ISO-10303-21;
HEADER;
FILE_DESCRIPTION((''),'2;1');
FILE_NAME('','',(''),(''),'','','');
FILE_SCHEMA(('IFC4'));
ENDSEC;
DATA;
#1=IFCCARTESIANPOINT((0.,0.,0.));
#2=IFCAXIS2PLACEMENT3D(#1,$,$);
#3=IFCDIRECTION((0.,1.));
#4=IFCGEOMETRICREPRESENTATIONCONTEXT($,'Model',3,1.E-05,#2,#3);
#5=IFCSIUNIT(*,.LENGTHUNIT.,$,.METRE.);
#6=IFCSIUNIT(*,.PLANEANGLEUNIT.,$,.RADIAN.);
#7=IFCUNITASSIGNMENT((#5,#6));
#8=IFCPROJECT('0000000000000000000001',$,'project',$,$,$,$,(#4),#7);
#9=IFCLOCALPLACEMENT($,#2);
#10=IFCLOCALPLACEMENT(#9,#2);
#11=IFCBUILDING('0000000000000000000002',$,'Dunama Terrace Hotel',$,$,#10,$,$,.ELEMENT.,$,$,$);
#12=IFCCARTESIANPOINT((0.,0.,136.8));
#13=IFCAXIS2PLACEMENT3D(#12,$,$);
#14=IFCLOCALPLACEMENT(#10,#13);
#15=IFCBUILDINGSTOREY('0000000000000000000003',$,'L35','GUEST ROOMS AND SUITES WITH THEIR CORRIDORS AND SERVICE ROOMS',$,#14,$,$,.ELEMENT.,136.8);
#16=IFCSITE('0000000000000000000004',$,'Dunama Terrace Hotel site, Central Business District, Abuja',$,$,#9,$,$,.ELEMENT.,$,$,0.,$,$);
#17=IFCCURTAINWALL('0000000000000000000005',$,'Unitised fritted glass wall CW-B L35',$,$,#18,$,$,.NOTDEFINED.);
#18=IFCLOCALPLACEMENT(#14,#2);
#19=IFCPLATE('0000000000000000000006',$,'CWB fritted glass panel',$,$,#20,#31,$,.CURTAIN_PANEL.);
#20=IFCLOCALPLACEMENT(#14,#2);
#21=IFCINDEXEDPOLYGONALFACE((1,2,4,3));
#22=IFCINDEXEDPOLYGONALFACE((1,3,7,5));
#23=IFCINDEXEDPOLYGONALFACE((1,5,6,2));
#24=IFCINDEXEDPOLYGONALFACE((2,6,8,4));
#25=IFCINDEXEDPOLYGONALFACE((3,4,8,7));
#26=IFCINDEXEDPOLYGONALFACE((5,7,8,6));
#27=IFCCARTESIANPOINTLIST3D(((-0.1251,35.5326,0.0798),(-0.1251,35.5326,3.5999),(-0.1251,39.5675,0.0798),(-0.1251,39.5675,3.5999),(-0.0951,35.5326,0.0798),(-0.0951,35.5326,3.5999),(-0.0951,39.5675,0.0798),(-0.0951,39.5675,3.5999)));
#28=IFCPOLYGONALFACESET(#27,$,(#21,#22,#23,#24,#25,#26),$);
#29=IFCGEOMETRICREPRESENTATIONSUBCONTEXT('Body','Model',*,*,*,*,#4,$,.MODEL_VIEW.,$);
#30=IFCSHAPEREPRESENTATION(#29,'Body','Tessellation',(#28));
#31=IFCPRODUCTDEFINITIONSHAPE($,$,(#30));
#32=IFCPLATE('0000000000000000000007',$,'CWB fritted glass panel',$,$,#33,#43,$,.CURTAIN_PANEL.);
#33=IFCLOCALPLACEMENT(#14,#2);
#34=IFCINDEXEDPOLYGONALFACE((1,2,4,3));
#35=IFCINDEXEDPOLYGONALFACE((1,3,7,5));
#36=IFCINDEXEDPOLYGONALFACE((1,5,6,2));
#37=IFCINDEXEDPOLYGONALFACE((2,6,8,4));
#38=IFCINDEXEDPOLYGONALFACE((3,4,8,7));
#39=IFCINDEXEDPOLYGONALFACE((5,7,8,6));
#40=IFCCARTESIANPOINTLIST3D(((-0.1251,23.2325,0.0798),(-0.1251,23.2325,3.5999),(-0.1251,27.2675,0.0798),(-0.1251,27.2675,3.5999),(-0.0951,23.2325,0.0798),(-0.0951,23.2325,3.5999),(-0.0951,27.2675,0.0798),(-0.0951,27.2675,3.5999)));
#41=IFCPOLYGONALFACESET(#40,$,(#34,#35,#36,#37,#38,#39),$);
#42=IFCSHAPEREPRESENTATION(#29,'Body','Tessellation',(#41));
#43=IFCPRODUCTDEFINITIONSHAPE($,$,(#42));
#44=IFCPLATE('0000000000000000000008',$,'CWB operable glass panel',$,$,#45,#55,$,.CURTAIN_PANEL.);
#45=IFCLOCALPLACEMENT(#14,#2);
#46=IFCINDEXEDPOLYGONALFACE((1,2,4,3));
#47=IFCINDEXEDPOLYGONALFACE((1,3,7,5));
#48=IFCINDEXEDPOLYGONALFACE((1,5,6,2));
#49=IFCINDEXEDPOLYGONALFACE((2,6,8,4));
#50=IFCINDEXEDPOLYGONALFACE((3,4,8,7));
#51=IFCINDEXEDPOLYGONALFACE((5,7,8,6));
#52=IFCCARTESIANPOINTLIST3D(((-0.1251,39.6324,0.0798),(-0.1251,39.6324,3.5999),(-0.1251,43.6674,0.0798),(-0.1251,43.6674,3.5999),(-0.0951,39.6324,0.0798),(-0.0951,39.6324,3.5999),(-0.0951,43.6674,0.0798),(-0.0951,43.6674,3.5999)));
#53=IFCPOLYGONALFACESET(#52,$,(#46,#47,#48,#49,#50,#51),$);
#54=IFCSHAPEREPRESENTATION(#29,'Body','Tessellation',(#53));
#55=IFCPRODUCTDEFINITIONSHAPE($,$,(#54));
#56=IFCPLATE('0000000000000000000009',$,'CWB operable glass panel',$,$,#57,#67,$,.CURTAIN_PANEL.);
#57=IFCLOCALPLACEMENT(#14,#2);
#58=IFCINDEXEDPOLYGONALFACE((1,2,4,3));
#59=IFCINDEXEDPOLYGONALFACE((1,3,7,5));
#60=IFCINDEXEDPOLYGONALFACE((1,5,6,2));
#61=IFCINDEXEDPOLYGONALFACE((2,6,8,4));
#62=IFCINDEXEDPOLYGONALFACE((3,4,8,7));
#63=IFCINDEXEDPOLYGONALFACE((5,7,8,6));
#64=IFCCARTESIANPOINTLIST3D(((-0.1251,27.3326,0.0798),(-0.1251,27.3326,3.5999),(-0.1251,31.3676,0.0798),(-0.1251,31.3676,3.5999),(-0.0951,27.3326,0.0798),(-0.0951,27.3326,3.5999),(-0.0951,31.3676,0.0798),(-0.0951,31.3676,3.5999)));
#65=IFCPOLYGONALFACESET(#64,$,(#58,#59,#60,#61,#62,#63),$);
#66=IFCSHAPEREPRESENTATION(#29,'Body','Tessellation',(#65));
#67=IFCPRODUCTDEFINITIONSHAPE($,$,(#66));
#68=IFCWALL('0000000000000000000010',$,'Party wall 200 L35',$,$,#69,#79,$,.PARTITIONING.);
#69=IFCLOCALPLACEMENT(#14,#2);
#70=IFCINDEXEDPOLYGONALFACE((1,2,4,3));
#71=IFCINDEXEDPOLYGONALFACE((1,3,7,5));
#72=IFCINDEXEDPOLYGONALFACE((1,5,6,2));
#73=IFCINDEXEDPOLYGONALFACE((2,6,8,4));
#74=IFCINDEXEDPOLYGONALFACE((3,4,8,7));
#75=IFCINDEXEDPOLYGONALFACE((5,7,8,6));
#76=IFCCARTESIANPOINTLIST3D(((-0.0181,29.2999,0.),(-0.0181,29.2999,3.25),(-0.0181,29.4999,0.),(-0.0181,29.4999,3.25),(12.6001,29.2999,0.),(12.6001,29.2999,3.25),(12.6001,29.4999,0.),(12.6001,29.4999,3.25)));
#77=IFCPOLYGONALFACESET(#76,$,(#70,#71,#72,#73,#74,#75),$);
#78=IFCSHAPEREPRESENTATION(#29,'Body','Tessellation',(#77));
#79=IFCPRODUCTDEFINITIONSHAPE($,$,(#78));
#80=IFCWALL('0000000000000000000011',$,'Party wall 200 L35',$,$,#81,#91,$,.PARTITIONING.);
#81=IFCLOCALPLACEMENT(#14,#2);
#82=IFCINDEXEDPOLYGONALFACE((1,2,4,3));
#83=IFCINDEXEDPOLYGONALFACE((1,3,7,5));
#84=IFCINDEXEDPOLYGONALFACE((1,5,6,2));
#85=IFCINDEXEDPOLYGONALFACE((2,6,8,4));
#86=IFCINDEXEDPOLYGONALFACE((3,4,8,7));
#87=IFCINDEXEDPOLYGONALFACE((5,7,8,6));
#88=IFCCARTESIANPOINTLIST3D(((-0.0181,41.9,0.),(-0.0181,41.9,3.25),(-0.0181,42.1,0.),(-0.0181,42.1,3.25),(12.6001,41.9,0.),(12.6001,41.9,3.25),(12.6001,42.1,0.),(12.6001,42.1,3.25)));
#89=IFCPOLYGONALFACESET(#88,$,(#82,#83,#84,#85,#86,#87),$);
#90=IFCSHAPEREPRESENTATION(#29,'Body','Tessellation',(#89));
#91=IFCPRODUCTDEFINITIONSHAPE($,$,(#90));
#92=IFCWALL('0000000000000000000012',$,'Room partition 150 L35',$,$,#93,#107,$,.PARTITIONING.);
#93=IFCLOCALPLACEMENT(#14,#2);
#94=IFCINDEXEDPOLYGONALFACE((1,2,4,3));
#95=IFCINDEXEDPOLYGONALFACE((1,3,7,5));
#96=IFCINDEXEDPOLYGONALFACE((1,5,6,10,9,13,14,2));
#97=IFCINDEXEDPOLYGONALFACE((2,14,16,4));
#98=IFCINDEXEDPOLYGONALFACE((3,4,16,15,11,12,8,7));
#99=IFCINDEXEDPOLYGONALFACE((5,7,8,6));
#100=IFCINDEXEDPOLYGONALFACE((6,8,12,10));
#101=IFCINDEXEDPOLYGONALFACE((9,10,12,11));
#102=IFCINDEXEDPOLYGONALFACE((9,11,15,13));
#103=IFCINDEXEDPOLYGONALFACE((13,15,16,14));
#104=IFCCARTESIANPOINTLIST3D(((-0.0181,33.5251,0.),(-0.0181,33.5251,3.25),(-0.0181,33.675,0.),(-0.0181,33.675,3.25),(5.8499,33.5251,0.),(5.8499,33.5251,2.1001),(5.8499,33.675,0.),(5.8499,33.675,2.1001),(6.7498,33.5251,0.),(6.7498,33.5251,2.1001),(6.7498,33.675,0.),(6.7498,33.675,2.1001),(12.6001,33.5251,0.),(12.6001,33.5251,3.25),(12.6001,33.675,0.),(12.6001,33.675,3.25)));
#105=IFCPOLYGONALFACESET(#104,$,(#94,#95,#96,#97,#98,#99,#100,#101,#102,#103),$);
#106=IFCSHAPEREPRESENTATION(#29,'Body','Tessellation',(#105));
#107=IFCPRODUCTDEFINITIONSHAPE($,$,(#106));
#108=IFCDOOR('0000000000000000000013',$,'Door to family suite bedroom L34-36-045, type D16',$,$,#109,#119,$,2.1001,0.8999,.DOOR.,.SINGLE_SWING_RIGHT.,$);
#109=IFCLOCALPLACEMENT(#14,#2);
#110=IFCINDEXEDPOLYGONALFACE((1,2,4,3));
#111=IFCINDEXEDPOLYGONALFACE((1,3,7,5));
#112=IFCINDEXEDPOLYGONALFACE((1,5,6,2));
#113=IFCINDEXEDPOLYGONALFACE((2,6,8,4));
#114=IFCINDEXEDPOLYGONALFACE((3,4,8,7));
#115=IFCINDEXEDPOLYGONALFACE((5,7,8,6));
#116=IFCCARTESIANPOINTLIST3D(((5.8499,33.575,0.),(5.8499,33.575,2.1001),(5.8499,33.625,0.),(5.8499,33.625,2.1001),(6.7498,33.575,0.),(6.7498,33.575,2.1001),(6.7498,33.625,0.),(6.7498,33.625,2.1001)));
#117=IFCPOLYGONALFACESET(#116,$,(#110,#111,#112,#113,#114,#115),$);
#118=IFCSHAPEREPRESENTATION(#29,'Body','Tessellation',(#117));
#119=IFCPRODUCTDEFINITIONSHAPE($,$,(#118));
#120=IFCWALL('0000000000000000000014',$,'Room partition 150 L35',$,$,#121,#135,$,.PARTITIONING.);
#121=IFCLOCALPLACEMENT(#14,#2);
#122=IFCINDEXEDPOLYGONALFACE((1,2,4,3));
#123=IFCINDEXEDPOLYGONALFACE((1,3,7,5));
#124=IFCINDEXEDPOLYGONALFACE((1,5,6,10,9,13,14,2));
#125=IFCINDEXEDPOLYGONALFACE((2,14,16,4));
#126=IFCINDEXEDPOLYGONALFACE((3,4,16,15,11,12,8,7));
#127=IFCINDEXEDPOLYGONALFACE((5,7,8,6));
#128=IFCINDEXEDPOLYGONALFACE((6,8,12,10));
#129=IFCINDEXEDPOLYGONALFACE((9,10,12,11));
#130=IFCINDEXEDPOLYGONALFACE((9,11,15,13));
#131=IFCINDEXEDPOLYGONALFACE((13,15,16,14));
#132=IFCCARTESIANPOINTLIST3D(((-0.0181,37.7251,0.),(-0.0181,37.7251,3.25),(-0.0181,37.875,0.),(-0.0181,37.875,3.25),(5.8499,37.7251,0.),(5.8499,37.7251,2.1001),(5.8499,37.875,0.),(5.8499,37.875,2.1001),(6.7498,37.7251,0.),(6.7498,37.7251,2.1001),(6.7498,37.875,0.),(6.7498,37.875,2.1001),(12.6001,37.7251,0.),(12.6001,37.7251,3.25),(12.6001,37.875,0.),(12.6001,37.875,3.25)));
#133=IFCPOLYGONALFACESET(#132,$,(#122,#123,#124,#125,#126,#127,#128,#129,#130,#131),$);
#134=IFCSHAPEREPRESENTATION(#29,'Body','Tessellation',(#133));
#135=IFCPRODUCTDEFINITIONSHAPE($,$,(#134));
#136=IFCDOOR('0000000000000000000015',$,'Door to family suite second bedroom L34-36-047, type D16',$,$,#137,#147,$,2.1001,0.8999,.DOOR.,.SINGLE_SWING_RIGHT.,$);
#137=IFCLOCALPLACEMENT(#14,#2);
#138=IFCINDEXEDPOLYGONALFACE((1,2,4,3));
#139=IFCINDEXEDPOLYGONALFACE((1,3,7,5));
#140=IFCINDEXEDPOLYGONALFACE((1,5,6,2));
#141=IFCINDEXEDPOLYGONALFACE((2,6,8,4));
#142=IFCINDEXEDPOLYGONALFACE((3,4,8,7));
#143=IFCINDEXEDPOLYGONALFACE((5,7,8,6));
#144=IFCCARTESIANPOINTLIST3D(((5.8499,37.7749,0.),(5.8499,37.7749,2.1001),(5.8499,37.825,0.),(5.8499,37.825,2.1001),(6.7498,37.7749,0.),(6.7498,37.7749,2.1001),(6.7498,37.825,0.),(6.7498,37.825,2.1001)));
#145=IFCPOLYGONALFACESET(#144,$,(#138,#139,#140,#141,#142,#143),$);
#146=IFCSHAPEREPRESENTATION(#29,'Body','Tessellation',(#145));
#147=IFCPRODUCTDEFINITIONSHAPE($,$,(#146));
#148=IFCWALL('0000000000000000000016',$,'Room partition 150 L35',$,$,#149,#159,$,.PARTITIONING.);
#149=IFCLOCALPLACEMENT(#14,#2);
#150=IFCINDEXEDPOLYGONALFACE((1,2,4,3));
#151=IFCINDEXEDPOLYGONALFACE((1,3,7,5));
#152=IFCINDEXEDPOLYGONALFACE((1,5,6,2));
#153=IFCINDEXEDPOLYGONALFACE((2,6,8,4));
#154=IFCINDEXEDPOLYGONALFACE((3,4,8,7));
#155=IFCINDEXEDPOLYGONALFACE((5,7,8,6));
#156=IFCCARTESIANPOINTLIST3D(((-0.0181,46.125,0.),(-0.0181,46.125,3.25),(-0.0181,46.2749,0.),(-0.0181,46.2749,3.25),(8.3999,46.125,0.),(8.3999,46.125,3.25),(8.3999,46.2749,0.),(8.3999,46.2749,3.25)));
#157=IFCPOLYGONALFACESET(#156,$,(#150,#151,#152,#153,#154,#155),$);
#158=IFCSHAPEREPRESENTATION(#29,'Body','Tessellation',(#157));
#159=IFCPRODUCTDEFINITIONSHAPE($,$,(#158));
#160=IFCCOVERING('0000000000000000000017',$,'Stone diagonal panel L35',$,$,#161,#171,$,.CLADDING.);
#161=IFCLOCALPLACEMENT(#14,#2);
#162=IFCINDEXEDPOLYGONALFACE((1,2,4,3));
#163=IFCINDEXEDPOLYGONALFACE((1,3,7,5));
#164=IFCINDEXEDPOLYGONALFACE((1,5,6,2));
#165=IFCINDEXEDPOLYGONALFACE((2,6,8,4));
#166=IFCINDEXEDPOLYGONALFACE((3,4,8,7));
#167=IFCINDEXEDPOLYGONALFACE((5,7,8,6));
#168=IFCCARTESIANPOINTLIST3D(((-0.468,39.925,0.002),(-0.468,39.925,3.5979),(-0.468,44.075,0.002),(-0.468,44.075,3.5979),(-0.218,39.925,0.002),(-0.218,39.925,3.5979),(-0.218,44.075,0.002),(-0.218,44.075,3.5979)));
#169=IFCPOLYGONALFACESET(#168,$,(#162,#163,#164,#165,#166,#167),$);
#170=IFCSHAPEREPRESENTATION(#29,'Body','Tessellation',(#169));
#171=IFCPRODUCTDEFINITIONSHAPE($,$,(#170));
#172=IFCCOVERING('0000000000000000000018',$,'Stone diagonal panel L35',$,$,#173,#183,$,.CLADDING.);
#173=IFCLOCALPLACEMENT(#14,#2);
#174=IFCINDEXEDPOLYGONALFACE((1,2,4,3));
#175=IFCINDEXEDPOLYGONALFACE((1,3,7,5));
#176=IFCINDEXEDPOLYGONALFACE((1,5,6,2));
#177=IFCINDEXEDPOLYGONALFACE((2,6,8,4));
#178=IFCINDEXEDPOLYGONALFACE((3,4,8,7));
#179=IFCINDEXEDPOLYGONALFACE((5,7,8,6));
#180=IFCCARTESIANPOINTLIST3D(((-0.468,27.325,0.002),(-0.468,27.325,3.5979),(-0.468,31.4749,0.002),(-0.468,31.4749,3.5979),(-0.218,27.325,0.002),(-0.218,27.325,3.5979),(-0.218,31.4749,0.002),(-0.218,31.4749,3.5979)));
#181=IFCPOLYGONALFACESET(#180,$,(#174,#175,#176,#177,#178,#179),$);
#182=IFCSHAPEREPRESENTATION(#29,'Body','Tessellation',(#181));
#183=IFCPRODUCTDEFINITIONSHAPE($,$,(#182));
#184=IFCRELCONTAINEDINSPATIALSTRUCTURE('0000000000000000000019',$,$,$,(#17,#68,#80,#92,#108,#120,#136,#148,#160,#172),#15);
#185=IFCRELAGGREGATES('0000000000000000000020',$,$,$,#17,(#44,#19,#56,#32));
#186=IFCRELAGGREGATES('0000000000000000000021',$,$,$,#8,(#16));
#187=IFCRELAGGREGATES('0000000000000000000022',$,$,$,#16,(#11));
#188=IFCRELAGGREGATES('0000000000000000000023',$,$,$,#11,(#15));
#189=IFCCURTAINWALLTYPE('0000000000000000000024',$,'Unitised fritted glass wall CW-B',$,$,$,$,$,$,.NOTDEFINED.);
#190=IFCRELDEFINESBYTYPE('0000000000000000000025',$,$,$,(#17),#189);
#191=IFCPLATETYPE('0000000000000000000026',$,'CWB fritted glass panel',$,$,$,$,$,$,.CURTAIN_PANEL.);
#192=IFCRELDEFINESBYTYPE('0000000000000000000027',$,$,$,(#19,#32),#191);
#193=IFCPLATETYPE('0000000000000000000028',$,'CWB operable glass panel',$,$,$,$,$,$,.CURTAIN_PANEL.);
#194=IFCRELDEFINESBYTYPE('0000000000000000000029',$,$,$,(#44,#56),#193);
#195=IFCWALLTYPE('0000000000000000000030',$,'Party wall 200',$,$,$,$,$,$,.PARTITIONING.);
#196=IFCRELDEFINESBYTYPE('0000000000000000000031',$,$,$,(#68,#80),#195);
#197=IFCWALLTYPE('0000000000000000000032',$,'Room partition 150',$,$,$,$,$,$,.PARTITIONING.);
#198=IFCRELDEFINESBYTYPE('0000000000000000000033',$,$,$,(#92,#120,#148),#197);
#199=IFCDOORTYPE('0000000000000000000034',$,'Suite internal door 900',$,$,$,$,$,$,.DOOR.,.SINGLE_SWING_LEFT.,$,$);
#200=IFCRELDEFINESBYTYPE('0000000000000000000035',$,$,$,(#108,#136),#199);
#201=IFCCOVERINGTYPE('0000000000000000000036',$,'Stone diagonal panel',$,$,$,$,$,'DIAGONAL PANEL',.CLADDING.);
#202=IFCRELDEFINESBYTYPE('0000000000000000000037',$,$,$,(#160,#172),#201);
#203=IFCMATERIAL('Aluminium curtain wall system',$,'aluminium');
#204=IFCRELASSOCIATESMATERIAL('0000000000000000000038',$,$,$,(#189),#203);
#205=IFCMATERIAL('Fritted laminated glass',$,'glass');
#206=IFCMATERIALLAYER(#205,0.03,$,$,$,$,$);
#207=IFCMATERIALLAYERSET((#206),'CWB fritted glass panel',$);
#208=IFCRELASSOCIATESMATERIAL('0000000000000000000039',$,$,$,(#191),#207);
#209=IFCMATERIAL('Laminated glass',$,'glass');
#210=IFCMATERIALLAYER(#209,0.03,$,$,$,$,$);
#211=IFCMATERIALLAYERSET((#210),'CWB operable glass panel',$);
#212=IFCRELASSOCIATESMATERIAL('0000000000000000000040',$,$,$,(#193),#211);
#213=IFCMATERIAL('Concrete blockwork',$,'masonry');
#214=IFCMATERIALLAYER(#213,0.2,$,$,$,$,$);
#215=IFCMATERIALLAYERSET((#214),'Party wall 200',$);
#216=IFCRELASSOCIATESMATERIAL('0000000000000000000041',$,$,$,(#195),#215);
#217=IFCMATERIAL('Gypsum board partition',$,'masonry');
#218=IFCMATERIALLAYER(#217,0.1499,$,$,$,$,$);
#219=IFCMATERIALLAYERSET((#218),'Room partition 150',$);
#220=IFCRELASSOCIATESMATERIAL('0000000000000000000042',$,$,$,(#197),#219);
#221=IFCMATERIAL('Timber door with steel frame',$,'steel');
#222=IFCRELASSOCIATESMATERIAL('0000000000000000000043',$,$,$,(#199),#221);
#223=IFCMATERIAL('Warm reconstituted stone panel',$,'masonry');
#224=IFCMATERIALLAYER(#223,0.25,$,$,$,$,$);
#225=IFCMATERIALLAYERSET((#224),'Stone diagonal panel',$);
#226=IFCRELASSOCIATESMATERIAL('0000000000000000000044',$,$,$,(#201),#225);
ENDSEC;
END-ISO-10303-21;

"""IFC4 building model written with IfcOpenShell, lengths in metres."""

from ifc_helpers import new_model, si_unit, direction, frame, frame_2d, origin, origin_2d, place, context, subcontext, project, spatial, rectangle, extrude, material, layer, layer_set, type_object, element, fill, aggregate, save


model = new_model("IFC4")

# Units and contexts
model_context = context("Model", 3, precision=1e-05, world=origin(), true_north=direction((0.0, 1.0)))
body_context = subcontext(model_context, "Body", "Model", "MODEL_VIEW")
ifc_project = project(units=[si_unit("LENGTHUNIT", "METRE"), si_unit("PLANEANGLEUNIT", "RADIAN")], contexts=[model_context])

# Site, building, storey
site_placement = place(None, origin())
site = spatial("IfcSite", under=ifc_project, at=site_placement, Name="Dunama Terrace Hotel site, Central Business District, Abuja", CompositionType="ELEMENT", RefElevation=0.0)
building_placement = place(site_placement, origin())
building = spatial("IfcBuilding", under=site, at=building_placement, Name="Dunama Terrace Hotel", CompositionType="ELEMENT")
storey_placement = place(building_placement, frame((0.0, 0.0, 136.8)))
storey = spatial("IfcBuildingStorey", under=building, at=storey_placement, Name="L35", Description="GUEST ROOMS AND SUITES WITH THEIR CORRIDORS AND SERVICE ROOMS", CompositionType="ELEMENT", Elevation=136.8)

# Curtain wall
ifc_material_1 = material(Name="Aluminium curtain wall system", Category="aluminium")
curtain_wall_type = type_object("IfcCurtainWallType", Name="Unitised fritted glass wall CW-B", PredefinedType="NOTDEFINED", material=ifc_material_1)
curtain_wall_placement = place(storey_placement, origin())
curtain_wall = element("IfcCurtainWall", 1, at=curtain_wall_placement, inside=storey, type_object=curtain_wall_type, Name="Unitised fritted glass wall CW-B L35", PredefinedType="NOTDEFINED")

# Plates
ifc_material_2 = material(Name="Fritted laminated glass", Category="glass")
ifc_layer_1 = layer(ifc_material_2, 0.03)
ifc_layer_set_1 = layer_set([ifc_layer_1], Name="CWB fritted glass panel")
plate_type_1 = type_object("IfcPlateType", Name="CWB fritted glass panel", PredefinedType="CURTAIN_PANEL", material=ifc_layer_set_1)
plate_1_placement = place(storey_placement, frame((-0.1101, 37.55, 0.0798), z_axis=(0.0, 0.0, 1.0), x_axis=(0.0, -1.0, 0.0)))
plate_1 = element("IfcPlate", 2, at=plate_1_placement, type_object=plate_type_1, Name="CWB fritted glass panel", PredefinedType="CURTAIN_PANEL", context=body_context, shape_type="SweptSolid", body=[
    extrude(rectangle(XDim=4.0349, YDim=0.03, at=origin_2d()), origin(), (0.0, 0.0, 1.0), 3.52),
])
plate_2_placement = place(storey_placement, frame((-0.1101, 25.25, 0.0798), z_axis=(0.0, 0.0, 1.0), x_axis=(0.0, -1.0, 0.0)))
plate_2 = element("IfcPlate", 3, at=plate_2_placement, type_object=plate_type_1, Name="CWB fritted glass panel", PredefinedType="CURTAIN_PANEL", context=body_context, shape_type="SweptSolid", body=[
    extrude(rectangle(XDim=4.0349, YDim=0.03, at=origin_2d()), origin(), (0.0, 0.0, 1.0), 3.52),
])
ifc_material_3 = material(Name="Laminated glass", Category="glass")
ifc_layer_2 = layer(ifc_material_3, 0.03)
ifc_layer_set_2 = layer_set([ifc_layer_2], Name="CWB operable glass panel")
plate_type_2 = type_object("IfcPlateType", Name="CWB operable glass panel", PredefinedType="CURTAIN_PANEL", material=ifc_layer_set_2)
plate_3_placement = place(storey_placement, frame((-0.1101, 41.6499, 0.0798), z_axis=(0.0, 0.0, 1.0), x_axis=(0.0, -1.0, 0.0)))
plate_3 = element("IfcPlate", 4, at=plate_3_placement, type_object=plate_type_2, Name="CWB operable glass panel", PredefinedType="CURTAIN_PANEL", context=body_context, shape_type="SweptSolid", body=[
    extrude(rectangle(XDim=4.0349, YDim=0.03, at=origin_2d()), origin(), (0.0, 0.0, 1.0), 3.52),
])
plate_4_placement = place(storey_placement, frame((-0.1101, 29.3501, 0.0798), z_axis=(0.0, 0.0, 1.0), x_axis=(0.0, -1.0, 0.0)))
plate_4 = element("IfcPlate", 5, at=plate_4_placement, type_object=plate_type_2, Name="CWB operable glass panel", PredefinedType="CURTAIN_PANEL", context=body_context, shape_type="SweptSolid", body=[
    extrude(rectangle(XDim=4.0349, YDim=0.03, at=origin_2d()), origin(), (0.0, 0.0, 1.0), 3.52),
])
aggregate(curtain_wall, [plate_3, plate_1, plate_4, plate_2])

# Walls
ifc_material_4 = material(Name="Concrete blockwork", Category="masonry")
ifc_layer_3 = layer(ifc_material_4, 0.2)
ifc_layer_set_3 = layer_set([ifc_layer_3], Name="Party wall 200")
wall_type_1 = type_object("IfcWallType", Name="Party wall 200", PredefinedType="PARTITIONING", material=ifc_layer_set_3)
for number, where, z_axis, x_axis, name in (
    (6, (-0.0181, 29.3999, 0.0), (0.0, 0.0, 1.0), (1.0, 0.0, 0.0), "Party wall 200 L35"),
    (7, (-0.0181, 42.0, 0.0), (0.0, 0.0, 1.0), (1.0, 0.0, 0.0), "Party wall 200 L35"),
):
    element("IfcWall", number, at=place(storey_placement, frame(where, z_axis=z_axis, x_axis=x_axis)), inside=storey, type_object=wall_type_1, Name=name, PredefinedType="PARTITIONING", context=body_context, shape_type="SweptSolid", body=[
        extrude(rectangle(XDim=12.6182, YDim=0.2, at=frame_2d((6.3091, 0.0))), origin(), (0.0, 0.0, 1.0), 3.25),
    ])

# Walls, openings, doors
ifc_material_5 = material(Name="Gypsum board partition", Category="masonry")
ifc_layer_4 = layer(ifc_material_5, 0.1499)
ifc_layer_set_4 = layer_set([ifc_layer_4], Name="Room partition 150")
wall_type_2 = type_object("IfcWallType", Name="Room partition 150", PredefinedType="PARTITIONING", material=ifc_layer_set_4)
wall_1_placement = place(storey_placement, frame((-0.0181, 33.6001, 0.0), z_axis=(0.0, 0.0, 1.0), x_axis=(1.0, 0.0, 0.0)))
wall_1 = element("IfcWall", 8, at=wall_1_placement, inside=storey, type_object=wall_type_2, Name="Room partition 150 L35", PredefinedType="PARTITIONING", context=body_context, shape_type="SweptSolid", body=[
    extrude(rectangle(XDim=12.6182, YDim=0.1499, at=frame_2d((6.3091, 0.0))), origin(), (0.0, 0.0, 1.0), 3.25),
])
opening_1_placement = place(wall_1_placement, frame((5.8679, 0.0, 0.0)))
opening_1 = element("IfcOpeningElement", 9, at=opening_1_placement, cuts=wall_1, PredefinedType="OPENING", context=body_context, shape_type="SweptSolid", body=[
    extrude(rectangle(XDim=0.8999, YDim=2.1001, at=frame_2d((0.45, 1.05))), frame((0.0, 0.085, 0.0), z_axis=(0.0, -1.0, 0.0), x_axis=(1.0, 0.0, 0.0)), (0.0, 0.0, 1.0), 0.1699),
])
ifc_material_6 = material(Name="Timber door with steel frame", Category="steel")
door_type = type_object("IfcDoorType", Name="Suite internal door 900", OperationType="SINGLE_SWING_LEFT", PredefinedType="DOOR", material=ifc_material_6)
door_1_placement = place(opening_1_placement, frame((0.8999, 0.0, 0.0), z_axis=(0.0, 0.0, 1.0), x_axis=(-1.0, 0.0, 0.0)))
door_1 = element("IfcDoor", 10, at=door_1_placement, inside=storey, type_object=door_type, Name="Door to family suite bedroom L34-36-045, type D16", OperationType="SINGLE_SWING_RIGHT", OverallHeight=2.1001, OverallWidth=0.8999, PredefinedType="DOOR", context=body_context, shape_type="SweptSolid", body=[
    extrude(rectangle(XDim=0.8999, YDim=2.1001, at=frame_2d((0.45, 1.05))), frame((0.0, 0.0251, 0.0), z_axis=(0.0, -1.0, 0.0), x_axis=(1.0, 0.0, 0.0)), (0.0, 0.0, 1.0), 0.05),
])
fill(opening_1, door_1)
wall_2_placement = place(storey_placement, frame((-0.0181, 37.8, 0.0), z_axis=(0.0, 0.0, 1.0), x_axis=(1.0, 0.0, 0.0)))
wall_2 = element("IfcWall", 11, at=wall_2_placement, inside=storey, type_object=wall_type_2, Name="Room partition 150 L35", PredefinedType="PARTITIONING", context=body_context, shape_type="SweptSolid", body=[
    extrude(rectangle(XDim=12.6182, YDim=0.1499, at=frame_2d((6.3091, 0.0))), origin(), (0.0, 0.0, 1.0), 3.25),
])
opening_2_placement = place(wall_2_placement, frame((5.8679, 0.0, 0.0)))
opening_2 = element("IfcOpeningElement", 12, at=opening_2_placement, cuts=wall_2, PredefinedType="OPENING", context=body_context, shape_type="SweptSolid", body=[
    extrude(rectangle(XDim=0.8999, YDim=2.1001, at=frame_2d((0.45, 1.05))), frame((0.0, 0.085, 0.0), z_axis=(0.0, -1.0, 0.0), x_axis=(1.0, 0.0, 0.0)), (0.0, 0.0, 1.0), 0.1699),
])
door_2_placement = place(opening_2_placement, origin())
door_2 = element("IfcDoor", 13, at=door_2_placement, inside=storey, type_object=door_type, Name="Door to family suite second bedroom L34-36-047, type D16", OperationType="SINGLE_SWING_RIGHT", OverallHeight=2.1001, OverallWidth=0.8999, PredefinedType="DOOR", context=body_context, shape_type="SweptSolid", body=[
    extrude(rectangle(XDim=0.8999, YDim=2.1001, at=frame_2d((0.45, 1.05))), frame((0.0, 0.0249, 0.0), z_axis=(0.0, -1.0, 0.0), x_axis=(1.0, 0.0, 0.0)), (0.0, 0.0, 1.0), 0.05),
])
fill(opening_2, door_2)

# Wall
wall_3_placement = place(storey_placement, frame((-0.0181, 46.2, 0.0), z_axis=(0.0, 0.0, 1.0), x_axis=(1.0, 0.0, 0.0)))
element("IfcWall", 14, at=wall_3_placement, inside=storey, type_object=wall_type_2, Name="Room partition 150 L35", PredefinedType="PARTITIONING", context=body_context, shape_type="SweptSolid", body=[
    extrude(rectangle(XDim=8.418, YDim=0.1499, at=frame_2d((4.209, 0.0))), origin(), (0.0, 0.0, 1.0), 3.25),
])

# Coverings
ifc_material_7 = material(Name="Warm reconstituted stone panel", Category="masonry")
ifc_layer_5 = layer(ifc_material_7, 0.25)
ifc_layer_set_5 = layer_set([ifc_layer_5], Name="Stone diagonal panel")
covering_type = type_object("IfcCoveringType", Name="Stone diagonal panel", ElementType="DIAGONAL PANEL", PredefinedType="CLADDING", material=ifc_layer_set_5)
for number, where, z_axis, x_axis, name in (
    (15, (-0.343, 42.0, 0.002), (0.0, 0.0, 1.0), (0.0, -1.0, 0.0), "Stone diagonal panel L35"),
    (16, (-0.343, 29.3999, 0.002), (0.0, 0.0, 1.0), (0.0, -1.0, 0.0), "Stone diagonal panel L35"),
):
    element("IfcCovering", number, at=place(storey_placement, frame(where, z_axis=z_axis, x_axis=x_axis)), inside=storey, type_object=covering_type, Name=name, PredefinedType="CLADDING", context=body_context, shape_type="SweptSolid", body=[
        extrude(rectangle(XDim=4.1499, YDim=0.25, at=origin_2d()), origin(), (0.0, 0.0, 1.0), 3.5959),
    ])

save(model, "model.ifc")
